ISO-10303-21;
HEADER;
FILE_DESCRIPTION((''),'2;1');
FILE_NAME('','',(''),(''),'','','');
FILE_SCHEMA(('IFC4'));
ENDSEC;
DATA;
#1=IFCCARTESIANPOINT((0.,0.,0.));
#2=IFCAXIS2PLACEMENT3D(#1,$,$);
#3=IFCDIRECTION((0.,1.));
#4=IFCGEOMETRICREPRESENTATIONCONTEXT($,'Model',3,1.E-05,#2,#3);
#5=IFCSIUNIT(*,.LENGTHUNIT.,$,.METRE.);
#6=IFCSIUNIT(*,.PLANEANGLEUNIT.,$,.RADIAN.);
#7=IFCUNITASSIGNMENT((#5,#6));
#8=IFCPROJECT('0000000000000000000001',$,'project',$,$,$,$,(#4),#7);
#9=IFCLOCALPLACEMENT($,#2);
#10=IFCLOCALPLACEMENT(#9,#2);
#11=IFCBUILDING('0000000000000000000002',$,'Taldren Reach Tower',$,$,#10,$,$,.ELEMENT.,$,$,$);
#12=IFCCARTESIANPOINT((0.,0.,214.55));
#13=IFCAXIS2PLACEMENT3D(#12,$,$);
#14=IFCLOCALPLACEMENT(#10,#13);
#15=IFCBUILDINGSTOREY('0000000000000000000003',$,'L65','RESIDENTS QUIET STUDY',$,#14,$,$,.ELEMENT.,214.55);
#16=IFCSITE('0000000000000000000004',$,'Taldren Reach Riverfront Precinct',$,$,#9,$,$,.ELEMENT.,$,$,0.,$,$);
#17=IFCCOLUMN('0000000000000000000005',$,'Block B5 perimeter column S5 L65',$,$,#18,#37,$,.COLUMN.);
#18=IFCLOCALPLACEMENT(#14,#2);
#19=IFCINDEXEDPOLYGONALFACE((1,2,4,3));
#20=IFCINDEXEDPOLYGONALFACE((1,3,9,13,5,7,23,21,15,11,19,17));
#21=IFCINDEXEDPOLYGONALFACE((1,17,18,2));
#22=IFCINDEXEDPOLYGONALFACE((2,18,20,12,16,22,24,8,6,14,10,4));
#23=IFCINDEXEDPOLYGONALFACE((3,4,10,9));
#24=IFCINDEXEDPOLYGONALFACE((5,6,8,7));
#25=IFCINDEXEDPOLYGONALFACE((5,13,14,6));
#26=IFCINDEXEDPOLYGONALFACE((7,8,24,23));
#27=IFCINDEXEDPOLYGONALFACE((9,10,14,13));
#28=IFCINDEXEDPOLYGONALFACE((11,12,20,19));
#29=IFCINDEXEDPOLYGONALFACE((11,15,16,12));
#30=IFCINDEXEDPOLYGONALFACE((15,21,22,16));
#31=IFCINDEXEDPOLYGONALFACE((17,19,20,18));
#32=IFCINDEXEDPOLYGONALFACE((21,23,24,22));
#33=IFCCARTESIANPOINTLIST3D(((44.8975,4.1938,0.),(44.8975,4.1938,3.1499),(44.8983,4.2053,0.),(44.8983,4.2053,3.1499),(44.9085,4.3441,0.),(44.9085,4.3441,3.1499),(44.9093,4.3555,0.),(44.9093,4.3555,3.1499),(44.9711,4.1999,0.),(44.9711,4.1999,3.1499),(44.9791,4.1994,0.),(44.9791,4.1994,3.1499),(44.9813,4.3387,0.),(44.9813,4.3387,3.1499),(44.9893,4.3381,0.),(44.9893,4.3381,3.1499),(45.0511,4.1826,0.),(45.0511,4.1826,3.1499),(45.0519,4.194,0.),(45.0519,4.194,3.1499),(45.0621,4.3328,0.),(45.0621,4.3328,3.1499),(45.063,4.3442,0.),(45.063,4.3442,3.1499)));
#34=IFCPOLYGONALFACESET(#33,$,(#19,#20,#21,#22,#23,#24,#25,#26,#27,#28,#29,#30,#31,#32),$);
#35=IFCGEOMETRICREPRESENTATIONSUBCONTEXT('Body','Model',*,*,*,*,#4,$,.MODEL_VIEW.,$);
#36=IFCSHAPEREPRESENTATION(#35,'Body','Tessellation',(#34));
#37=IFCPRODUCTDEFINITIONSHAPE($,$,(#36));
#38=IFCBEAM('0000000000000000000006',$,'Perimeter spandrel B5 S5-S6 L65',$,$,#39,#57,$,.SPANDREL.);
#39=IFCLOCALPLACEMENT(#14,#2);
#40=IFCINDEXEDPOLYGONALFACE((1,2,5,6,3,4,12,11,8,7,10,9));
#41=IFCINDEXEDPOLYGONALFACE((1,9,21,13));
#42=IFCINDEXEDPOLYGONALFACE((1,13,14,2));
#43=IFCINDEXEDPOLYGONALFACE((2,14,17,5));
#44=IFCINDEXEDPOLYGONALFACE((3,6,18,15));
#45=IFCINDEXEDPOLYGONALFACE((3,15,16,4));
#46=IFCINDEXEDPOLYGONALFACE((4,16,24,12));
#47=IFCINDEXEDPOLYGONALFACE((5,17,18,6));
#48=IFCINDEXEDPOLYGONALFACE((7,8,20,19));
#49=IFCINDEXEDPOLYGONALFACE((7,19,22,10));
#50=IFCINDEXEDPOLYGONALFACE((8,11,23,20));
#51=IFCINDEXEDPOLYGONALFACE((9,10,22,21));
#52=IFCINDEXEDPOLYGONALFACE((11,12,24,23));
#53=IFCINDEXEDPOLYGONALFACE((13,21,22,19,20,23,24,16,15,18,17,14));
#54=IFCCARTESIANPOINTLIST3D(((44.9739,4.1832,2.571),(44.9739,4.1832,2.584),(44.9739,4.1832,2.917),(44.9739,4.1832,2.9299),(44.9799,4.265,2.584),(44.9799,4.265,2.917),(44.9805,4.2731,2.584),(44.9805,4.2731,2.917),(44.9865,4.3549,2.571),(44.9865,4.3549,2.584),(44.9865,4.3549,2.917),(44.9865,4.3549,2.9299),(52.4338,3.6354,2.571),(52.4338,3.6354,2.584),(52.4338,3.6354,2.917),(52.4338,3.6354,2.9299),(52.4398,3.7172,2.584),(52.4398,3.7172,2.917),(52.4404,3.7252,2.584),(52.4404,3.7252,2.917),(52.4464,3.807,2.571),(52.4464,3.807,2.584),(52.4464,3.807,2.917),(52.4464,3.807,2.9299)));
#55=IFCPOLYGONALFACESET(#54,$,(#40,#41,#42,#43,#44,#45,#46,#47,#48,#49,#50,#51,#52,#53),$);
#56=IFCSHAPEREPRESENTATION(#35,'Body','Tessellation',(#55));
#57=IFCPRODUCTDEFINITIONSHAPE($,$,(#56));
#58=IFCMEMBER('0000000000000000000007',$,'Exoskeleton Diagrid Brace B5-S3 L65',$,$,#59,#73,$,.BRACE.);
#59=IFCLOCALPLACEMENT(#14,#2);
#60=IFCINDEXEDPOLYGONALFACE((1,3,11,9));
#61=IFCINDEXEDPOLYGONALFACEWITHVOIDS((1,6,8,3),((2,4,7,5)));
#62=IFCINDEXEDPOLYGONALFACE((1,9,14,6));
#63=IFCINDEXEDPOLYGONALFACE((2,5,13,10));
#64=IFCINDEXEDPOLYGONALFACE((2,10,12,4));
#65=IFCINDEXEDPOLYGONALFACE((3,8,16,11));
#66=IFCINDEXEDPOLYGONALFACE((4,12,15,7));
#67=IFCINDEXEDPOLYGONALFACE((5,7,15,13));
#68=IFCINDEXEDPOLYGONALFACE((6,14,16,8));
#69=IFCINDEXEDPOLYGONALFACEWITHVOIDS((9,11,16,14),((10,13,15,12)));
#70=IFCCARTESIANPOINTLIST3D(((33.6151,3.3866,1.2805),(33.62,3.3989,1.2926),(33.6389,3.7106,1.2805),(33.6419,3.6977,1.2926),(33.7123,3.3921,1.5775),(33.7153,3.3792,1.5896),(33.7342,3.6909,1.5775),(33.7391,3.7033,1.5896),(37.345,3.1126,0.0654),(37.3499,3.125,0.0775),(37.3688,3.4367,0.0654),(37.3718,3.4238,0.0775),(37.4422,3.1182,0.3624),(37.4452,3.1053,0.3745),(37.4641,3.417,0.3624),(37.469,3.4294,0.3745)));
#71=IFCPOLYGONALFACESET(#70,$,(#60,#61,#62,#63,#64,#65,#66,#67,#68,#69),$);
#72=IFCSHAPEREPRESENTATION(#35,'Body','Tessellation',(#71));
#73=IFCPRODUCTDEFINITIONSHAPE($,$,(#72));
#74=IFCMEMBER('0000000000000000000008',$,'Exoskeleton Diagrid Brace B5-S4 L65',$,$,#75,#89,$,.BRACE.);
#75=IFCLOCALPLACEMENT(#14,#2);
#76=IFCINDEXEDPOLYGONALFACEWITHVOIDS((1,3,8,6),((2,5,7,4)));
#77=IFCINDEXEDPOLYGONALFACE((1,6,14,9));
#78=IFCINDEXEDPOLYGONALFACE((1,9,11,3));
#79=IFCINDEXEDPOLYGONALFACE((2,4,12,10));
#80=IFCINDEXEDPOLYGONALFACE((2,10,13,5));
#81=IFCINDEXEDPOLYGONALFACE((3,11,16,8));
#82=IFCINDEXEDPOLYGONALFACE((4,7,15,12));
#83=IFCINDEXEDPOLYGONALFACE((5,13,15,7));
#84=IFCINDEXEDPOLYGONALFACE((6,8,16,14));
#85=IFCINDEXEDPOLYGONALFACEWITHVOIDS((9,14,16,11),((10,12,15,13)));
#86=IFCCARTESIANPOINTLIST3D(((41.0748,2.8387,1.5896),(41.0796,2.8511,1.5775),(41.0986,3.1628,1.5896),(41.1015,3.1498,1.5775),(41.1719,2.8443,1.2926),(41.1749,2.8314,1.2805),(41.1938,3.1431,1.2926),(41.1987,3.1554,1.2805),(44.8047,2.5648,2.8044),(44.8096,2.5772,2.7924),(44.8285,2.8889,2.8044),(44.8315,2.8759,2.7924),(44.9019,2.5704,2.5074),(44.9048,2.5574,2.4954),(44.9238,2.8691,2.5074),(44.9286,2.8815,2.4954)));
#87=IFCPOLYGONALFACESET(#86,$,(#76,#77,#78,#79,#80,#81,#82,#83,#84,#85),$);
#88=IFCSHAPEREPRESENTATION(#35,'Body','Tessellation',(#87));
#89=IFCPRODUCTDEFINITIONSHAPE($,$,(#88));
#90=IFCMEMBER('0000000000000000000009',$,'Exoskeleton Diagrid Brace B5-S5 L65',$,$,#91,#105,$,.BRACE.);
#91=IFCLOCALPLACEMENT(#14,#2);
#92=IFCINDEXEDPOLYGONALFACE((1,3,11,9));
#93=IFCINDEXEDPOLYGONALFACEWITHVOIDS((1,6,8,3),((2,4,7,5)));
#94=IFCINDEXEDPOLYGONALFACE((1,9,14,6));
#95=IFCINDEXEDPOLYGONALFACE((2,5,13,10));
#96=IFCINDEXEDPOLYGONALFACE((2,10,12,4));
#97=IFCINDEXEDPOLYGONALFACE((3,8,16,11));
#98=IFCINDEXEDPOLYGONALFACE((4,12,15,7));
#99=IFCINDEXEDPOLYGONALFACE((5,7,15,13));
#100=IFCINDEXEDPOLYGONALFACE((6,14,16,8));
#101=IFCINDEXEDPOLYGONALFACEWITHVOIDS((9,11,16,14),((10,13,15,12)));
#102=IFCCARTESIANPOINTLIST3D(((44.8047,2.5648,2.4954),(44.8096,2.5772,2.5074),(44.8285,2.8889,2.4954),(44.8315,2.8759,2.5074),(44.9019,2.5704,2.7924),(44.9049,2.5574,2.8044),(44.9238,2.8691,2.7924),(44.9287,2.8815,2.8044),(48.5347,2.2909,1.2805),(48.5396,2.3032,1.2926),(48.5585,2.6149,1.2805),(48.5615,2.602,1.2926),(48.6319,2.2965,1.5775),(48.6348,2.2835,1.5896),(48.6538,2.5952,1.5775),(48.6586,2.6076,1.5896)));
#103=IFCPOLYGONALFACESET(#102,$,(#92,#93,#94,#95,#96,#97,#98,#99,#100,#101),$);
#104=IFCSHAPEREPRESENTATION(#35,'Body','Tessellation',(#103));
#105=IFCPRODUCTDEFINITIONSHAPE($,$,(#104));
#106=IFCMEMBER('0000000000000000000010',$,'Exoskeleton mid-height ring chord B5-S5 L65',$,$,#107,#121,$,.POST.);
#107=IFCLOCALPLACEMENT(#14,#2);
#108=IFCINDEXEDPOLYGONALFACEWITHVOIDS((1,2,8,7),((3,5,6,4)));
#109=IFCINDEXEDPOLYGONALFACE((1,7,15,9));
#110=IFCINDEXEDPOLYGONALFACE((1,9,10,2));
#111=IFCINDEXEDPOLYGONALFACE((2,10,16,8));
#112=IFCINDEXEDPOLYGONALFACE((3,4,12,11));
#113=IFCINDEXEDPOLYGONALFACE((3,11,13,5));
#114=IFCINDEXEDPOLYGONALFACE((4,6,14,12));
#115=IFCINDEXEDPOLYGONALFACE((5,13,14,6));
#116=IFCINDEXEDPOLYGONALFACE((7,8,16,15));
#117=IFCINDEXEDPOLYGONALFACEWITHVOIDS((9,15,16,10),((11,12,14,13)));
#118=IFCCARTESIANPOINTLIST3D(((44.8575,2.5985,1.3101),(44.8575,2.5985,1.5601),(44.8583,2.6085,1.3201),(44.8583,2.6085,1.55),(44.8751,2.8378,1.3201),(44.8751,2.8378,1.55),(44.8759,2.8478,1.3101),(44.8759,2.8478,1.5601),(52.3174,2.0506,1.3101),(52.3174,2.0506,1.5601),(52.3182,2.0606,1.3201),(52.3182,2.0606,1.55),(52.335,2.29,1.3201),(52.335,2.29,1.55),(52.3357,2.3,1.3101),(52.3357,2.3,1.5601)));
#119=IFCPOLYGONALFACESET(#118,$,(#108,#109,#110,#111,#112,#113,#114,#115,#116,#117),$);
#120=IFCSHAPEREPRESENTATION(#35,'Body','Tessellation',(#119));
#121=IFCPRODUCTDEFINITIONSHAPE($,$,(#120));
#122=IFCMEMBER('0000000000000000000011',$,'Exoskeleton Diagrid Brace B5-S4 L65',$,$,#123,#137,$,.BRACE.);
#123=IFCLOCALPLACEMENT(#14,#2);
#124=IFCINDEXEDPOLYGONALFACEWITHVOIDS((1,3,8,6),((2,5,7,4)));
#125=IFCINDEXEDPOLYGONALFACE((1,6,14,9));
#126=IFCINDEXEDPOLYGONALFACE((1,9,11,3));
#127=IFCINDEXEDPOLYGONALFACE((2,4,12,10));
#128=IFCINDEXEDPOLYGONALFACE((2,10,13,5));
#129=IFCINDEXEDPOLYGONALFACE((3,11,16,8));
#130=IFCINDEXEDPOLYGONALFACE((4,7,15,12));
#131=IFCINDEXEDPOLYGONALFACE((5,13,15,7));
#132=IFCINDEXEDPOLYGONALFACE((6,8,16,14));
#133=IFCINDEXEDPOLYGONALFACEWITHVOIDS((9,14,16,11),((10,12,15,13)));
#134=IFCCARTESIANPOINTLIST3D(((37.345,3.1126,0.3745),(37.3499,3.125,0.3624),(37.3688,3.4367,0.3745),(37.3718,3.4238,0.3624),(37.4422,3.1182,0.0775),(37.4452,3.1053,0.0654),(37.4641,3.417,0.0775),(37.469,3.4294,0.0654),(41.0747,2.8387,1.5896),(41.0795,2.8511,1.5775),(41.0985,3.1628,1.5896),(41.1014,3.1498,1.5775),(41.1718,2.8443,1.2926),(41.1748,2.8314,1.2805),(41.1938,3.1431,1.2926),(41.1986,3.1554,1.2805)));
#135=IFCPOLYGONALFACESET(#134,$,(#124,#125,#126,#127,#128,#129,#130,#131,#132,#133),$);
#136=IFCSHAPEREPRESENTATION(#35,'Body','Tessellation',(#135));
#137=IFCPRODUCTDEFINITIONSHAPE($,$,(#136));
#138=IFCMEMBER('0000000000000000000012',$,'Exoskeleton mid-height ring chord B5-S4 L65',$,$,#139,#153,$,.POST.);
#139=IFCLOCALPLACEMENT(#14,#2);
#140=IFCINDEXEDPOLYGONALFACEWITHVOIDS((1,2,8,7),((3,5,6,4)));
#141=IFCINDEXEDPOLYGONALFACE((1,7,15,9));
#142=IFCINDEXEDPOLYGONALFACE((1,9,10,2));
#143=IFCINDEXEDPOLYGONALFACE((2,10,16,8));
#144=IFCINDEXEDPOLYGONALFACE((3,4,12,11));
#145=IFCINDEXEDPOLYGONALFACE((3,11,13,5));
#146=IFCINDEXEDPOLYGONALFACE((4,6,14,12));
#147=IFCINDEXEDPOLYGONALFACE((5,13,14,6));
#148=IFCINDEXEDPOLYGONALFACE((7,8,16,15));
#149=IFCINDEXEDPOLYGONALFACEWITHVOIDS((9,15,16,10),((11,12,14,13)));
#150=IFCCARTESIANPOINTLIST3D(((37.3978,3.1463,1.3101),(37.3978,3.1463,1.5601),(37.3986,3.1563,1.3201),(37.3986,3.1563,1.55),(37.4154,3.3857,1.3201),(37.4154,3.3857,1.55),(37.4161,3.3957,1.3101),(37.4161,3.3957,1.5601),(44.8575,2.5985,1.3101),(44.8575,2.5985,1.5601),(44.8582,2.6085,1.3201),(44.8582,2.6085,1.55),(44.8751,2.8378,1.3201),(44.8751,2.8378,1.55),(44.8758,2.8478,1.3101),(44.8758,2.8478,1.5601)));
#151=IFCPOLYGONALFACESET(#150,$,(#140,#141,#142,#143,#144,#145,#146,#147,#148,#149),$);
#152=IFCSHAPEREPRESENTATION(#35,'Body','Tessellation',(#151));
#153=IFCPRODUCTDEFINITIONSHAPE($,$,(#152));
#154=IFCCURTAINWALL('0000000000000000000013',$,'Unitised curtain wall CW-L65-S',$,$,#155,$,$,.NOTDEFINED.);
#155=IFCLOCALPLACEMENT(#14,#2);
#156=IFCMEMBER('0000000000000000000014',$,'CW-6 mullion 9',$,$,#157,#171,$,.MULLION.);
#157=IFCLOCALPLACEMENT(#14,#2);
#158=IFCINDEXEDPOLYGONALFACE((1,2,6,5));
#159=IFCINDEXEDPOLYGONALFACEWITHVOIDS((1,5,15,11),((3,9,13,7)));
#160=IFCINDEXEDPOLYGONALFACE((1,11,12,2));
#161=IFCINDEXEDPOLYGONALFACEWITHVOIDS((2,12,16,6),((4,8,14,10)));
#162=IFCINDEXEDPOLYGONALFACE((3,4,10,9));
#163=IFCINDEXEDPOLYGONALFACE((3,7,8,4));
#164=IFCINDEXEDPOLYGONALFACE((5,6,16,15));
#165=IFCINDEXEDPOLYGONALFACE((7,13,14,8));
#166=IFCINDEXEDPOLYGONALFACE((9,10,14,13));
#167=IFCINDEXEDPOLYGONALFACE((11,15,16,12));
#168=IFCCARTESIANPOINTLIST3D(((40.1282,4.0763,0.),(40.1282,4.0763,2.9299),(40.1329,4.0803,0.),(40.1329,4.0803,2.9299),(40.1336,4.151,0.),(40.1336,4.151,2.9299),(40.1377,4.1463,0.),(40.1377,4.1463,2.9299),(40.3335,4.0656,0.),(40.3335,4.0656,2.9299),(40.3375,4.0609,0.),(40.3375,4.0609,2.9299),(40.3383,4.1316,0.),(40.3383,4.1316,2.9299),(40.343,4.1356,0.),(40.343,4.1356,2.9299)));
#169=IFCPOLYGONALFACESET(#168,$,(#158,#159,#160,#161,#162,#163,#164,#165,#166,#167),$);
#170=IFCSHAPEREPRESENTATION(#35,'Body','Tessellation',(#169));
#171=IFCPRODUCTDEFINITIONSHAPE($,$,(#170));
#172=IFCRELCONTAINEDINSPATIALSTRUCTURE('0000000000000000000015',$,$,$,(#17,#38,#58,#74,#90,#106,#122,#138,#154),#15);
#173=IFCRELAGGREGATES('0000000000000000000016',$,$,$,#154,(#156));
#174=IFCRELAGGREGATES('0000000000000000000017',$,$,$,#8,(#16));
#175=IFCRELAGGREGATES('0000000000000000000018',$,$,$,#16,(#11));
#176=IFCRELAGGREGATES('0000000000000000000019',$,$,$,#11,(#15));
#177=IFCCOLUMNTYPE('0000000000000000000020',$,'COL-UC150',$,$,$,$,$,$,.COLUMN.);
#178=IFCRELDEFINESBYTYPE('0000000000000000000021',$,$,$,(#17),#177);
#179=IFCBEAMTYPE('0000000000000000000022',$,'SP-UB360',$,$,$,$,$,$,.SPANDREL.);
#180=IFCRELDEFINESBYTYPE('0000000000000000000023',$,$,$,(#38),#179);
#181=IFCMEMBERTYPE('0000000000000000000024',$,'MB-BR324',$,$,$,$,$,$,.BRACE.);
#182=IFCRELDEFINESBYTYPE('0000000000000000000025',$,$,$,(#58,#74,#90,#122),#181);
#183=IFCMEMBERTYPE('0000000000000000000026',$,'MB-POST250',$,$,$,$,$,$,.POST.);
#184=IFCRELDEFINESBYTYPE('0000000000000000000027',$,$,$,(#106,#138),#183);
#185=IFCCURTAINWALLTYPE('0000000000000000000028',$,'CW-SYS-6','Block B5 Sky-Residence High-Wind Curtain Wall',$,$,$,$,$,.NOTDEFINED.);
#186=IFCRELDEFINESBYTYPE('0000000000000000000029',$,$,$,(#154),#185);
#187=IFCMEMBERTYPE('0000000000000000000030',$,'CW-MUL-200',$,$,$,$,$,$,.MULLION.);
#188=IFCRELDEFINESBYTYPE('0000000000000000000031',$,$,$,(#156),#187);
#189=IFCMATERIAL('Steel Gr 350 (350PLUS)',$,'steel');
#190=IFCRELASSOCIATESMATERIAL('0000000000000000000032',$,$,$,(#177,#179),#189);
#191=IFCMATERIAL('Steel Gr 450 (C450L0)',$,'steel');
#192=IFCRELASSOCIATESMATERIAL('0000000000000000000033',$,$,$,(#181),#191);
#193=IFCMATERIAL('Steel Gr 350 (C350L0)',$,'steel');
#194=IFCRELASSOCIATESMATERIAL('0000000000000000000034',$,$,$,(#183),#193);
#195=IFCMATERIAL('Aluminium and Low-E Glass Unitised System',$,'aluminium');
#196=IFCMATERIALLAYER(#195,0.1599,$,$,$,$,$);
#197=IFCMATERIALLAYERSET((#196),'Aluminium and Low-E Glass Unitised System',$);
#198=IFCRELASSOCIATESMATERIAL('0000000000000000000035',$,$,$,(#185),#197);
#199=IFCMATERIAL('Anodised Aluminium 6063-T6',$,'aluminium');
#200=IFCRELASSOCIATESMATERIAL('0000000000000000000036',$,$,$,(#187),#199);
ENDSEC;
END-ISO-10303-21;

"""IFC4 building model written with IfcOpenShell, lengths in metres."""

from ifc_helpers import new_model, si_unit, direction, frame, origin, origin_2d, place, context, subcontext, project, spatial, hollow_rectangle, i_section, extrude, source, transform, mapped, material, layer, layer_set, material_profile, profile_set, type_object, element, aggregate, save


model = new_model("IFC4")

# Units and contexts
model_context = context("Model", 3, precision=1e-05, world=origin(), true_north=direction((0.0, 1.0)))
body_context = subcontext(model_context, "Body", "Model", "MODEL_VIEW")
ifc_project = project(units=[si_unit("LENGTHUNIT", "METRE"), si_unit("PLANEANGLEUNIT", "RADIAN")], contexts=[model_context])

# Site, building, storey
site_placement = place(None, origin())
site = spatial("IfcSite", under=ifc_project, at=site_placement, Name="Taldren Reach Riverfront Precinct", CompositionType="ELEMENT", RefElevation=0.0)
building_placement = place(site_placement, origin())
building = spatial("IfcBuilding", under=site, at=building_placement, Name="Taldren Reach Tower", CompositionType="ELEMENT")
storey_placement = place(building_placement, frame((0.0, 0.0, 214.55)))
storey = spatial("IfcBuildingStorey", under=building, at=storey_placement, Name="L65", Description="RESIDENTS QUIET STUDY", CompositionType="ELEMENT", Elevation=214.55)

# Column
ifc_material_1 = material(Name="Steel Gr 350 (350PLUS)", Category="steel")
ifc_material_profile_1 = material_profile(ifc_material_1, i_section(OverallWidth=0.1541, OverallDepth=0.1621, WebThickness=0.0081, FlangeThickness=0.0115, at=origin_2d()), Name="150UC37.2")
ifc_profile_set_1 = profile_set([ifc_material_profile_1], Name="Steel Gr 350 (350PLUS)")
column_type = type_object("IfcColumnType", Name="COL-UC150", PredefinedType="COLUMN", material=ifc_profile_set_1)
shared_shape_1 = source(origin(), body_context, "Body", "SweptSolid", [
    extrude(i_section(OverallWidth=0.1541, OverallDepth=0.1621, WebThickness=0.0081, FlangeThickness=0.0115, at=origin_2d()), origin(), (0.0, 0.0, 1.0), 3.1499),
])
column_placement = place(storey_placement, frame((44.9802, 4.269, 0.0), z_axis=(0.0, 0.0, 1.0), x_axis=(0.997314, -0.073238, 0.0)))
element("IfcColumn", 1, at=column_placement, inside=storey, type_object=column_type, Name="Block B5 perimeter column S5 L65", PredefinedType="COLUMN", context=body_context, shape_type="MappedRepresentation", body=[
    mapped(shared_shape_1, transform((0.0, 0.0, 0.0), scale=1.0)),
])

# Beam
ifc_material_profile_2 = material_profile(ifc_material_1, i_section(OverallWidth=0.1721, OverallDepth=0.3589, WebThickness=0.0081, FlangeThickness=0.0129, at=origin_2d()), Name="360UB56.7")
ifc_profile_set_2 = profile_set([ifc_material_profile_2], Name="Steel Gr 350 (350PLUS)")
beam_type = type_object("IfcBeamType", Name="SP-UB360", PredefinedType="SPANDREL", material=ifc_profile_set_2)
shared_shape_2 = source(origin(), body_context, "Body", "SweptSolid", [
    extrude(i_section(OverallWidth=0.1721, OverallDepth=0.3589, WebThickness=0.0081, FlangeThickness=0.0129, at=origin_2d()), origin(), (0.0, 0.0, 1.0), 7.48),
])
beam_placement = place(storey_placement, frame((44.9802, 4.269, 2.7505), z_axis=(0.997314, -0.073242, 0.0), x_axis=(0.073242, 0.997314, 0.0)))
element("IfcBeam", 2, at=beam_placement, inside=storey, type_object=beam_type, Name="Perimeter spandrel B5 S5-S6 L65", PredefinedType="SPANDREL", context=body_context, shape_type="MappedRepresentation", body=[
    mapped(shared_shape_2, transform((0.0, 0.0, 0.0), scale=1.0)),
])

# Members
ifc_material_2 = material(Name="Steel Gr 450 (C450L0)", Category="steel")
ifc_material_profile_3 = material_profile(ifc_material_2, hollow_rectangle(XDim=0.325, YDim=0.325, WallThickness=0.0127, at=origin_2d()), Name="325x325x12.7SHS")
ifc_profile_set_3 = profile_set([ifc_material_profile_3], Name="Steel Gr 450 (C450L0)")
member_type_1 = type_object("IfcMemberType", Name="MB-BR324", PredefinedType="BRACE", material=ifc_profile_set_3)
shared_shape_3 = source(origin(), body_context, "Body", "SweptSolid", [
    extrude(hollow_rectangle(XDim=0.325, YDim=0.325, WallThickness=0.0127, at=origin_2d()), origin(), (0.0, 0.0, 1.0), 3.9324),
])
for number, where, z_axis, x_axis, name in (
    (3, (37.407, 3.271, 0.22), (-0.948511, 0.069658, 0.308989), (-0.073242, -0.997314, 0.0), "Exoskeleton Diagrid Brace B5-S3 L65"),
    (4, (41.1367, 2.9971, 1.4351), (0.948529, -0.069659, 0.308933), (0.073242, 0.997314, 0.0), "Exoskeleton Diagrid Brace B5-S4 L65"),
    (5, (48.5967, 2.4492, 1.4351), (-0.948529, 0.069659, 0.308933), (-0.073242, -0.997314, 0.0), "Exoskeleton Diagrid Brace B5-S5 L65"),
):
    element("IfcMember", number, at=place(storey_placement, frame(where, z_axis=z_axis, x_axis=x_axis)), inside=storey, type_object=member_type_1, Name=name, PredefinedType="BRACE", context=body_context, shape_type="MappedRepresentation", body=[
        mapped(shared_shape_3, transform((0.0, 0.0, 0.0), scale=1.0)),
    ])
ifc_material_3 = material(Name="Steel Gr 350 (C350L0)", Category="steel")
ifc_material_profile_4 = material_profile(ifc_material_3, hollow_rectangle(XDim=0.25, YDim=0.25, WallThickness=0.01, at=origin_2d()), Name="250x250x10.0SHS")
ifc_profile_set_4 = profile_set([ifc_material_profile_4], Name="Steel Gr 350 (C350L0)")
member_type_2 = type_object("IfcMemberType", Name="MB-POST250", PredefinedType="POST", material=ifc_profile_set_4)
shared_shape_4 = source(origin(), body_context, "Body", "SweptSolid", [
    extrude(hollow_rectangle(XDim=0.25, YDim=0.25, WallThickness=0.01, at=origin_2d()), origin(), (0.0, 0.0, 1.0), 7.48),
])
member_1_placement = place(storey_placement, frame((44.8667, 2.7231, 1.4351), z_axis=(0.997314, -0.073242, 0.0), x_axis=(0.073242, 0.997314, 0.0)))
element("IfcMember", 6, at=member_1_placement, inside=storey, type_object=member_type_2, Name="Exoskeleton mid-height ring chord B5-S5 L65", PredefinedType="POST", context=body_context, shape_type="MappedRepresentation", body=[
    mapped(shared_shape_4, transform((0.0, 0.0, 0.0), scale=1.0)),
])
shared_shape_5 = source(origin(), body_context, "Body", "SweptSolid", [
    extrude(hollow_rectangle(XDim=0.325, YDim=0.325, WallThickness=0.0127, at=origin_2d()), origin(), (0.0, 0.0, 1.0), 3.9321),
])
member_2_placement = place(storey_placement, frame((37.407, 3.271, 0.22), z_axis=(0.948505, -0.069662, 0.309008), x_axis=(0.073246, 0.997314, 0.0)))
element("IfcMember", 7, at=member_2_placement, inside=storey, type_object=member_type_1, Name="Exoskeleton Diagrid Brace B5-S4 L65", PredefinedType="BRACE", context=body_context, shape_type="MappedRepresentation", body=[
    mapped(shared_shape_5, transform((0.0, 0.0, 0.0), scale=1.0)),
])
shared_shape_6 = source(origin(), body_context, "Body", "SweptSolid", [
    extrude(hollow_rectangle(XDim=0.25, YDim=0.25, WallThickness=0.01, at=origin_2d()), origin(), (0.0, 0.0, 1.0), 7.4797),
])
member_3_placement = place(storey_placement, frame((37.407, 3.271, 1.4351), z_axis=(0.997314, -0.073244, 0.0), x_axis=(0.073244, 0.997314, 0.0)))
element("IfcMember", 8, at=member_3_placement, inside=storey, type_object=member_type_2, Name="Exoskeleton mid-height ring chord B5-S4 L65", PredefinedType="POST", context=body_context, shape_type="MappedRepresentation", body=[
    mapped(shared_shape_6, transform((0.0, 0.0, 0.0), scale=1.0)),
])

# Curtain wall, member
ifc_material_4 = material(Name="Aluminium and Low-E Glass Unitised System", Category="aluminium")
ifc_layer_1 = layer(ifc_material_4, 0.1599)
ifc_layer_set_1 = layer_set([ifc_layer_1], Name="Aluminium and Low-E Glass Unitised System")
curtain_wall_type = type_object("IfcCurtainWallType", Name="CW-SYS-6", Description="Block B5 Sky-Residence High-Wind Curtain Wall", PredefinedType="NOTDEFINED", material=ifc_layer_set_1)
curtain_wall_placement = place(storey_placement, origin())
curtain_wall = element("IfcCurtainWall", 9, at=curtain_wall_placement, inside=storey, type_object=curtain_wall_type, Name="Unitised curtain wall CW-L65-S", PredefinedType="NOTDEFINED")
ifc_material_5 = material(Name="Anodised Aluminium 6063-T6", Category="aluminium")
ifc_material_profile_5 = material_profile(ifc_material_5, hollow_rectangle(XDim=0.075, YDim=0.21, WallThickness=0.0044, at=origin_2d()), Name="ALU-210x75x4.5RHS")
ifc_profile_set_5 = profile_set([ifc_material_profile_5], Name="Anodised Aluminium 6063-T6")
member_type_3 = type_object("IfcMemberType", Name="CW-MUL-200", PredefinedType="MULLION", material=ifc_profile_set_5)
shared_shape_7 = source(origin(), body_context, "Body", "SweptSolid", [
    extrude(hollow_rectangle(XDim=0.075, YDim=0.21, WallThickness=0.0044, at=origin_2d()), origin(), (0.0, 0.0, 1.0), 2.9299),
])
member_4_placement = place(storey_placement, frame((40.2356, 4.106, 0.0), z_axis=(0.0, 0.0, 1.0), x_axis=(0.073238, 0.997314, 0.0)))
member_4 = element("IfcMember", 10, at=member_4_placement, type_object=member_type_3, Name="CW-6 mullion 9", PredefinedType="MULLION", context=body_context, shape_type="MappedRepresentation", body=[
    mapped(shared_shape_7, transform((0.0, 0.0, 0.0), scale=1.0)),
])

aggregate(curtain_wall, [member_4])

save(model, "model.ifc")
